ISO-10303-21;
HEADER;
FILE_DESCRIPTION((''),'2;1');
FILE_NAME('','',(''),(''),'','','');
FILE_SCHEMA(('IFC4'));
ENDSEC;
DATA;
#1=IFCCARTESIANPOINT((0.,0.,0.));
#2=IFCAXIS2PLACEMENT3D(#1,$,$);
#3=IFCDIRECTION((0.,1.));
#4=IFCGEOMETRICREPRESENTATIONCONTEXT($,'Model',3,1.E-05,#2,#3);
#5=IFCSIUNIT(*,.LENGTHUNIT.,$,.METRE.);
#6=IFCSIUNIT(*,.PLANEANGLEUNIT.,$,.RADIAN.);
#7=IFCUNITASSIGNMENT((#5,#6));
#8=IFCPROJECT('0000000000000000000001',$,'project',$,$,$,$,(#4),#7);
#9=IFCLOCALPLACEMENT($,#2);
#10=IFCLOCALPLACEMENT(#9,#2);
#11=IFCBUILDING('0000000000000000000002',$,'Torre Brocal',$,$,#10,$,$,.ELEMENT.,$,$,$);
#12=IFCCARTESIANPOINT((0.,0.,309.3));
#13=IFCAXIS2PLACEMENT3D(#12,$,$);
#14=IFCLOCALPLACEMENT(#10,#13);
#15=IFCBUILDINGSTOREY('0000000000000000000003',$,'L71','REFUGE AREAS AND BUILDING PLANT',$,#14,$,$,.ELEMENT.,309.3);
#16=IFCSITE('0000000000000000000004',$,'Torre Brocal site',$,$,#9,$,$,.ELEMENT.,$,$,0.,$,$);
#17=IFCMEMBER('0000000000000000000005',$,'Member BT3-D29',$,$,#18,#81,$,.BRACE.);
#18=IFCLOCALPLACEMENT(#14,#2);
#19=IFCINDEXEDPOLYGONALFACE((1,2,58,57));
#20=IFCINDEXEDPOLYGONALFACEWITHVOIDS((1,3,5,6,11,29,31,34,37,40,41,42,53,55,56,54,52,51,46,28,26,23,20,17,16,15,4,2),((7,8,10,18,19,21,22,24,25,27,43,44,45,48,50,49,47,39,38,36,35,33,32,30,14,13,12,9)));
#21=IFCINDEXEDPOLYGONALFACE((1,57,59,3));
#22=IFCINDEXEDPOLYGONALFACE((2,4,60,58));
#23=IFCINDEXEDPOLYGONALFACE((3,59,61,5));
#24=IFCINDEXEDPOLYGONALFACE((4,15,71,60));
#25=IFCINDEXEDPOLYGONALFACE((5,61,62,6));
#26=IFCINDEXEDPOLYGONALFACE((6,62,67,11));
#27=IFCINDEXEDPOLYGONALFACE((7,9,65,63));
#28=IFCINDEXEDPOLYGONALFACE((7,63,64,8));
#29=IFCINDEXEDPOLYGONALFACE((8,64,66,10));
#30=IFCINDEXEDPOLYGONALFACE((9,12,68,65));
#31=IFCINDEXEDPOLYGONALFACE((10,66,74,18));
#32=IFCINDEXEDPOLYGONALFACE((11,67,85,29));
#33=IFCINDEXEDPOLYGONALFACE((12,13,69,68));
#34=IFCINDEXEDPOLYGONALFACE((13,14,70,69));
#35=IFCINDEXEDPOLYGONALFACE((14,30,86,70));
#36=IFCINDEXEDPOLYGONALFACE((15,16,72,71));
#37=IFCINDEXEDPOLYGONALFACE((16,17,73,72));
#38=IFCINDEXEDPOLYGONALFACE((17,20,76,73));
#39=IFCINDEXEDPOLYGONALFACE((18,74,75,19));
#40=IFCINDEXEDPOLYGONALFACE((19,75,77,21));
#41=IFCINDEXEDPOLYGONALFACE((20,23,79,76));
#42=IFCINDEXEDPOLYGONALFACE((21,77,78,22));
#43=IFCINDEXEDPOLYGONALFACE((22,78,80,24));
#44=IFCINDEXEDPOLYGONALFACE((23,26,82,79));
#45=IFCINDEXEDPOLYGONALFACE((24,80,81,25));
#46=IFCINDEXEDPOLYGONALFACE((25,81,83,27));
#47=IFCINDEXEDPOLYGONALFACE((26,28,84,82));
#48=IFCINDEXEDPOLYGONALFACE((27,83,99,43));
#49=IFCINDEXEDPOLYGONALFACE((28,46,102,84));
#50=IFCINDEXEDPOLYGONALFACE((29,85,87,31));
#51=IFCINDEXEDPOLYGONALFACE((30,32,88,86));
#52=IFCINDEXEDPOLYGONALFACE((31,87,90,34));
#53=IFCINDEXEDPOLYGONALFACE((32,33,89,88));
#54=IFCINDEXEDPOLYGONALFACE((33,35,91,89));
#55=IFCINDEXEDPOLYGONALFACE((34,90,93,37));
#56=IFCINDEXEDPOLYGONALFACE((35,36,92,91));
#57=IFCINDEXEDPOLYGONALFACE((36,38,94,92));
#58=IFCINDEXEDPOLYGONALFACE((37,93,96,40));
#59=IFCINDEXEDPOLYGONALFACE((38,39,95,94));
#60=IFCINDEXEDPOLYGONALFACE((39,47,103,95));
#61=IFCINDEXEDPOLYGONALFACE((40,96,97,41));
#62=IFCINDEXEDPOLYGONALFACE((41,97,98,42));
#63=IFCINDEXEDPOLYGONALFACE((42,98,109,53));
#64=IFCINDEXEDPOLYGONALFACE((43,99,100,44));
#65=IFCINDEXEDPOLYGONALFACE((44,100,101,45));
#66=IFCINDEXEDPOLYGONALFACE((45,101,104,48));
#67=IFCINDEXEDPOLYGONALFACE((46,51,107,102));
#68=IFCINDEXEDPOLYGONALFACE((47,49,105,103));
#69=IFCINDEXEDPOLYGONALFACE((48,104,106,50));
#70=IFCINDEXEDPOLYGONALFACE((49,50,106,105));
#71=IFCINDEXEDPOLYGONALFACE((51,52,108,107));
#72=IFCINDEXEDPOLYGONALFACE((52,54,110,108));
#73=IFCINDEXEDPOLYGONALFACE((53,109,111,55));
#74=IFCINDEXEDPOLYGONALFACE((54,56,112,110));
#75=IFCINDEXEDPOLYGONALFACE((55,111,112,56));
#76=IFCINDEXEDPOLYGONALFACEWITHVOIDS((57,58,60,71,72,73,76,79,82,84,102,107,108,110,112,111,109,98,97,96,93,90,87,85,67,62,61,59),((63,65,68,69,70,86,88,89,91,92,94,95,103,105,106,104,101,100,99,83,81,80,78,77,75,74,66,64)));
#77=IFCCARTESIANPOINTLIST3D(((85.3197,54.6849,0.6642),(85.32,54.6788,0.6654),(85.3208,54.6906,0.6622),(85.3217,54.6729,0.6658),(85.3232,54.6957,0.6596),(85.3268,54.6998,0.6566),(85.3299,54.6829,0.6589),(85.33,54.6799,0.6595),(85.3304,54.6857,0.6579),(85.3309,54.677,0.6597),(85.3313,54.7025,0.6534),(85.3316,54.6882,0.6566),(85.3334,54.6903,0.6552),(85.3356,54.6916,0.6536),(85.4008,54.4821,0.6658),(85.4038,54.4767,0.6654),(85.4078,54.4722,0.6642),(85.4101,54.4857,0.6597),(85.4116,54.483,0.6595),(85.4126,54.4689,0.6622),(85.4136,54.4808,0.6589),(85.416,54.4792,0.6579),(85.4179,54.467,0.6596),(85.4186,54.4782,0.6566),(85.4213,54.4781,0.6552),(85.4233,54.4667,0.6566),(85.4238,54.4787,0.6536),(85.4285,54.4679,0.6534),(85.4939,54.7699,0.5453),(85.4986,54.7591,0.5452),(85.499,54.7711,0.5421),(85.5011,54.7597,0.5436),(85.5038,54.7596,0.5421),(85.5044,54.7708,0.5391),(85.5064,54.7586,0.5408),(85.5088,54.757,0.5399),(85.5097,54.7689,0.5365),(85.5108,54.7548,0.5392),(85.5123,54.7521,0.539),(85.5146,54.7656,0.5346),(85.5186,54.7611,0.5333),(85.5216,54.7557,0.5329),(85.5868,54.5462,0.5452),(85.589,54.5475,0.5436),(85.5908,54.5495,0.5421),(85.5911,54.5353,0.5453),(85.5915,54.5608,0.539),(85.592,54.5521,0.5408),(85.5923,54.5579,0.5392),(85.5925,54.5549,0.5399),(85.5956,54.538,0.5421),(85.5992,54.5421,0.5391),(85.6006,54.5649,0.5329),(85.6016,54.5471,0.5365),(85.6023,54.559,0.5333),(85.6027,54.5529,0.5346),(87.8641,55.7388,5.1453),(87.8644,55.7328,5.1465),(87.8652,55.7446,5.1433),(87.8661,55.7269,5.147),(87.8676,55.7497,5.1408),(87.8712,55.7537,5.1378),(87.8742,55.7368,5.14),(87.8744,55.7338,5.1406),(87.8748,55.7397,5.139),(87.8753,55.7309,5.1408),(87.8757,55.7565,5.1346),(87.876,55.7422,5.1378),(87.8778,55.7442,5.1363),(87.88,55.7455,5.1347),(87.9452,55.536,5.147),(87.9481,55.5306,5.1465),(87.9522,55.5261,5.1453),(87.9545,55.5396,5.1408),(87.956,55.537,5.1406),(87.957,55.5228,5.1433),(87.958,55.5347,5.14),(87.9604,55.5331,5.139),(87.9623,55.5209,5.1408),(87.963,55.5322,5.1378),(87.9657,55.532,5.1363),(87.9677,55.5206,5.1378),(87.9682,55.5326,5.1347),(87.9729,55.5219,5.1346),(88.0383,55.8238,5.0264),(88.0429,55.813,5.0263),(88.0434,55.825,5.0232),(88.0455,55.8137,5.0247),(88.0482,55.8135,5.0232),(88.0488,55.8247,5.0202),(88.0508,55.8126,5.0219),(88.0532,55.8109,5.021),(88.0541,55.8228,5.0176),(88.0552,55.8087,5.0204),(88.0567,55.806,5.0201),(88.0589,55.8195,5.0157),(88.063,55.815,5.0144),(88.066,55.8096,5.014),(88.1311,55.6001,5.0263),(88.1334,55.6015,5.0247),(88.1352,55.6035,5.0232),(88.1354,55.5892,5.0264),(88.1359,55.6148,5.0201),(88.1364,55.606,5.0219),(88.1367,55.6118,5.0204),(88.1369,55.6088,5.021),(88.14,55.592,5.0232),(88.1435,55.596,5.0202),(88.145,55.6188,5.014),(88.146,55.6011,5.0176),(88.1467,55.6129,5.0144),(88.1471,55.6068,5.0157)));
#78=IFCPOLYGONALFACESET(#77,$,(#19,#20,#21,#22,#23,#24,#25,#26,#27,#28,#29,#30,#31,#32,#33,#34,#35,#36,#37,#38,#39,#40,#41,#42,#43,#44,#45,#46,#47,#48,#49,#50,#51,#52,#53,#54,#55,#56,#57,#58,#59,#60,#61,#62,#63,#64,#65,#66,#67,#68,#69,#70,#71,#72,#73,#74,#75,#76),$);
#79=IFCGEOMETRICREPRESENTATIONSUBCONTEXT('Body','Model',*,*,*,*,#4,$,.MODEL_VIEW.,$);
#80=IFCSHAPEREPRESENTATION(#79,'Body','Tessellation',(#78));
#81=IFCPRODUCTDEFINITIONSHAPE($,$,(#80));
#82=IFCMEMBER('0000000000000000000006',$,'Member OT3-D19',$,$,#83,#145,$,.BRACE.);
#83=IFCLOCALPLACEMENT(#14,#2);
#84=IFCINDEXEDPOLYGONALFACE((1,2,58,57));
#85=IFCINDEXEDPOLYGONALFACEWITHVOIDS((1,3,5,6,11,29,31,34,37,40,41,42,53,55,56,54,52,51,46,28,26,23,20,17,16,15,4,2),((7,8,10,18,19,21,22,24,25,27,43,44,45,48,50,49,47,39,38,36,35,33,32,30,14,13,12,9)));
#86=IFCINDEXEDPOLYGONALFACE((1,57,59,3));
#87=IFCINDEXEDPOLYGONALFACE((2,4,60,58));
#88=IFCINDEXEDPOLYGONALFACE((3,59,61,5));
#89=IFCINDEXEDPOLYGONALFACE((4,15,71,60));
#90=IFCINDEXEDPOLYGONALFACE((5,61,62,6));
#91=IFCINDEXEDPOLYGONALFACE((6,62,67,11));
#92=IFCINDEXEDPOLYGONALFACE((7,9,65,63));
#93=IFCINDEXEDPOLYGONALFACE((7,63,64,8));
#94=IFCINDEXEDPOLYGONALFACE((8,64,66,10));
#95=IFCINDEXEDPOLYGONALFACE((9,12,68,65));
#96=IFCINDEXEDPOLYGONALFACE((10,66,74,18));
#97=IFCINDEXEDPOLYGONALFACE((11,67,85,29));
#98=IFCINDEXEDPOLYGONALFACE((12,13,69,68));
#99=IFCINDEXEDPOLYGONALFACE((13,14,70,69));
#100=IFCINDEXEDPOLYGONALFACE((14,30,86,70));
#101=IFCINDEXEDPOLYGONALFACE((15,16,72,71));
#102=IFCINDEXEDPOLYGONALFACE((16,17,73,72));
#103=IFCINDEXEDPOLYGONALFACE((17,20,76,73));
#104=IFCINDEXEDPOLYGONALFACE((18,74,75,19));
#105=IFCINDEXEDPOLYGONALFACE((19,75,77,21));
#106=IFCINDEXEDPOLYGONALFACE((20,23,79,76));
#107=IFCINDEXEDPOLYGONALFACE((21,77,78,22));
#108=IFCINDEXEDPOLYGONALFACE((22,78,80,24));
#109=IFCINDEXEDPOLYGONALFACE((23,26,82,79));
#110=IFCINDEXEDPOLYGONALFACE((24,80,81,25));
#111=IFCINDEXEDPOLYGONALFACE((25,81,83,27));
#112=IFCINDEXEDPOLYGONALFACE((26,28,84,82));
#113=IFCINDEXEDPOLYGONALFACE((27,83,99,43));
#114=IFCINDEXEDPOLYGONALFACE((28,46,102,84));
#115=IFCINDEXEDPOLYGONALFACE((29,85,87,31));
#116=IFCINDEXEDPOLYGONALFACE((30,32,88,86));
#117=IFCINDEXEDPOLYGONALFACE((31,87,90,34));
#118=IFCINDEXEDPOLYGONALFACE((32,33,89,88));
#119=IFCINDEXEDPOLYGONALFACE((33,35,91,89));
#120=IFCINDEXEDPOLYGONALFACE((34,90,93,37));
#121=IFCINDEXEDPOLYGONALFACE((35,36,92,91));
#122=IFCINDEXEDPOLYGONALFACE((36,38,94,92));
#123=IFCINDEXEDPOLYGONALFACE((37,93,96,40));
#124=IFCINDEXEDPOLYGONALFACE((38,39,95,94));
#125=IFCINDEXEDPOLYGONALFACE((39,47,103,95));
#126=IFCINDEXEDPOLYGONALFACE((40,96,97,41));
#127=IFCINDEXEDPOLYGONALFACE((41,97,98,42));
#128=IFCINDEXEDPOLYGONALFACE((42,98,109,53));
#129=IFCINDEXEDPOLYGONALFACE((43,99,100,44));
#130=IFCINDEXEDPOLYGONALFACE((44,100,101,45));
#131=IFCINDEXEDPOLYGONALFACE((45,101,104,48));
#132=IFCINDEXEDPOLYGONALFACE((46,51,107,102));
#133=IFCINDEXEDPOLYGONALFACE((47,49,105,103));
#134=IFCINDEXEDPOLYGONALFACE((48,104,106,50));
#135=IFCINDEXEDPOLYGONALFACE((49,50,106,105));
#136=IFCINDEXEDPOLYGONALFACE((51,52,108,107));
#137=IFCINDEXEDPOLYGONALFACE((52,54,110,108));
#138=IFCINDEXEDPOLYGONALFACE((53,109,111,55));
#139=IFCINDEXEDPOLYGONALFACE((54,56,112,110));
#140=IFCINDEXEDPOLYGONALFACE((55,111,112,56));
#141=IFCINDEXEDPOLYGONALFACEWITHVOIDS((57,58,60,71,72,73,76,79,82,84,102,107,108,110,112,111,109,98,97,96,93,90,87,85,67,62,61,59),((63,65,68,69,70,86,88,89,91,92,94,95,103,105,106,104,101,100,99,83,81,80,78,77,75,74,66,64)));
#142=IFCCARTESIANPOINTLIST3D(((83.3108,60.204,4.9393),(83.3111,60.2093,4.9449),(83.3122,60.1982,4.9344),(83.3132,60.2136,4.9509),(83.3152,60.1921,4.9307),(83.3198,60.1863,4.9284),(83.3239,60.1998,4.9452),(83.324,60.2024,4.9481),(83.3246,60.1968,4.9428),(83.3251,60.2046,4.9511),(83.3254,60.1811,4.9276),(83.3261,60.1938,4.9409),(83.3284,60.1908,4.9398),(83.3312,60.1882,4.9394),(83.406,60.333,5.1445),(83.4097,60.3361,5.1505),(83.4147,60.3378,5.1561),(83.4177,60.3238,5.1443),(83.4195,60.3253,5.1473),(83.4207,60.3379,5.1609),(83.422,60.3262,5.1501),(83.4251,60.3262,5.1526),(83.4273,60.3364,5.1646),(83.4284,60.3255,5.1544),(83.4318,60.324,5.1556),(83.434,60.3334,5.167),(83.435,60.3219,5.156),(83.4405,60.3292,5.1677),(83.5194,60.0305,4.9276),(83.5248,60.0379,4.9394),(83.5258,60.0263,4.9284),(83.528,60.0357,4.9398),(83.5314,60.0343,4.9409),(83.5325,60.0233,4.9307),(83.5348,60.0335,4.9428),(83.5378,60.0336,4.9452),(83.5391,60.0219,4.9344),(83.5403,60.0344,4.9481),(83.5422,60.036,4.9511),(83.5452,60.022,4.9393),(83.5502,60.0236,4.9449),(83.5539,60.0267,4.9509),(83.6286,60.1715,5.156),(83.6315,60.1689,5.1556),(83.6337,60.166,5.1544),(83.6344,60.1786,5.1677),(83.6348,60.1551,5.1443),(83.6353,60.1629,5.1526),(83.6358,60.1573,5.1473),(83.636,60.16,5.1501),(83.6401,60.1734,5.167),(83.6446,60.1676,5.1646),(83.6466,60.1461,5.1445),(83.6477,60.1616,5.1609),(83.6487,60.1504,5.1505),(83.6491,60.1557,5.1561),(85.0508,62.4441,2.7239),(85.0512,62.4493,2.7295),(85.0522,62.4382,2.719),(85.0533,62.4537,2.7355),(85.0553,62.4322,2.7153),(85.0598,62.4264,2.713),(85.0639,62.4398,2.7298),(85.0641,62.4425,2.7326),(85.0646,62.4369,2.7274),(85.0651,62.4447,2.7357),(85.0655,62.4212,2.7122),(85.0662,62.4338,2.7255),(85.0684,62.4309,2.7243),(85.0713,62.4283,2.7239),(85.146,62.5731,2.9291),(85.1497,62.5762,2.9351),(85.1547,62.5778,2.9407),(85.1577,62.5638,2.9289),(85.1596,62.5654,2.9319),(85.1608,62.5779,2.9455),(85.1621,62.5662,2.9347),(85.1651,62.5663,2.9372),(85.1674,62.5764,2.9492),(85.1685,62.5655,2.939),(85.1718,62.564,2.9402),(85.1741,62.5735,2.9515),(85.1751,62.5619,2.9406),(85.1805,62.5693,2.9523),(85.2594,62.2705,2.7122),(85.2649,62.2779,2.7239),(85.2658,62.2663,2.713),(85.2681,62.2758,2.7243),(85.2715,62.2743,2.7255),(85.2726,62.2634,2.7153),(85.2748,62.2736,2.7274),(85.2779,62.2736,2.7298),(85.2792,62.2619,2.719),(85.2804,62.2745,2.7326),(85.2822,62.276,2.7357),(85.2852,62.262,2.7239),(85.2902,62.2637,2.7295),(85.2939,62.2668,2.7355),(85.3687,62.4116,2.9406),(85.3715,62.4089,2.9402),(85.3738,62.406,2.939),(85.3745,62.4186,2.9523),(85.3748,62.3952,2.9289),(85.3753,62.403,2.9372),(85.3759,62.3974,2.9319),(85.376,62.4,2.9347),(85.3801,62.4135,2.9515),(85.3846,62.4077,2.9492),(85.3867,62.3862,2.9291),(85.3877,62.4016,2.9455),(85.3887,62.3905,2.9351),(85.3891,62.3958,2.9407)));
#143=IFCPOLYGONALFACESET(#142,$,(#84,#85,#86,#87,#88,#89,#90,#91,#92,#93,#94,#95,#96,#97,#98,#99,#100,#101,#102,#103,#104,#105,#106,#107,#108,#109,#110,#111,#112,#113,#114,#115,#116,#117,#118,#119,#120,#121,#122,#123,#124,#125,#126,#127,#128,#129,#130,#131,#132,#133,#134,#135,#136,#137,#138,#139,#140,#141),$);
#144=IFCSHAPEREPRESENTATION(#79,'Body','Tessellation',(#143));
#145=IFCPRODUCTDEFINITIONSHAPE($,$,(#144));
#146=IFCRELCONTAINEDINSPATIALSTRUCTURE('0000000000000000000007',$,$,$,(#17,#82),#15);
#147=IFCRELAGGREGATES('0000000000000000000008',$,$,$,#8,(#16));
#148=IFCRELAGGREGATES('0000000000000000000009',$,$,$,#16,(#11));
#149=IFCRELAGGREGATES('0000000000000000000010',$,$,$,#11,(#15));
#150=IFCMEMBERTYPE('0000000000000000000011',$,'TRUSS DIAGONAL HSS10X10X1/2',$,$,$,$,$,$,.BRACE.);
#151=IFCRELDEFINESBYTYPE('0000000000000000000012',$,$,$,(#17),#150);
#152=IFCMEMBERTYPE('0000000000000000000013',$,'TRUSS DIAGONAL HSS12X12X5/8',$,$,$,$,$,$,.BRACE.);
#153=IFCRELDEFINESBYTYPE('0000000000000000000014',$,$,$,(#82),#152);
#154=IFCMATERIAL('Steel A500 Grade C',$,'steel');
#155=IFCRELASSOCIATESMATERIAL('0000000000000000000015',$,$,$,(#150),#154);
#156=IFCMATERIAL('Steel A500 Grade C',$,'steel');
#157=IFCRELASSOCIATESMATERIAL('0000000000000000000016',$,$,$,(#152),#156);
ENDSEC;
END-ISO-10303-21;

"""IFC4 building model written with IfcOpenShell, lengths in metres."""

from ifc_helpers import new_model, si_unit, direction, frame, origin, origin_2d, place, context, subcontext, project, spatial, hollow_rectangle, extrude, material, material_profile, profile_set, type_object, element, save


model = new_model("IFC4")

# Units and contexts
model_context = context("Model", 3, precision=1e-05, world=origin(), true_north=direction((0.0, 1.0)))
body_context = subcontext(model_context, "Body", "Model", "MODEL_VIEW")
ifc_project = project(units=[si_unit("LENGTHUNIT", "METRE"), si_unit("PLANEANGLEUNIT", "RADIAN")], contexts=[model_context])

# Site, building, storey
site_placement = place(None, origin())
site = spatial("IfcSite", under=ifc_project, at=site_placement, Name="Torre Brocal site", CompositionType="ELEMENT", RefElevation=0.0)
building_placement = place(site_placement, origin())
building = spatial("IfcBuilding", under=site, at=building_placement, Name="Torre Brocal", CompositionType="ELEMENT")
storey_placement = place(building_placement, frame((0.0, 0.0, 309.3)))
storey = spatial("IfcBuildingStorey", under=building, at=storey_placement, Name="L71", Description="REFUGE AREAS AND BUILDING PLANT", CompositionType="ELEMENT", Elevation=309.3)

# Members
ifc_material_1 = material(Name="Steel A500 Grade C", Category="steel")
ifc_material_profile_1 = material_profile(ifc_material_1, hollow_rectangle(XDim=0.2539, YDim=0.2539, WallThickness=0.0117, InnerFilletRadius=0.0117, OuterFilletRadius=0.0237, at=origin_2d()), Name="HSS10X10X1/2")
ifc_profile_set_1 = profile_set([ifc_material_profile_1], Name="Steel A500 Grade C")
member_type_1 = type_object("IfcMemberType", Name="TRUSS DIAGONAL HSS10X10X1/2", PredefinedType="BRACE", material=ifc_profile_set_1)
member_1_placement = place(storey_placement, frame((85.4612, 54.6189, 0.5994), z_axis=(0.483745, 0.200377, 0.851962), x_axis=(-0.382688, 0.923877, 0.0)))
element("IfcMember", 1, at=member_1_placement, inside=storey, type_object=member_type_1, Name="Member BT3-D29", PredefinedType="BRACE", context=body_context, shape_type="SweptSolid", body=[
    extrude(hollow_rectangle(XDim=0.2539, YDim=0.2539, WallThickness=0.0117, InnerFilletRadius=0.0117, OuterFilletRadius=0.0237, at=origin_2d()), origin(), (0.0, 0.0, 1.0), 5.2598),
])
ifc_material_2 = material(Name="Steel A500 Grade C", Category="steel")
ifc_material_profile_2 = material_profile(ifc_material_2, hollow_rectangle(XDim=0.3047, YDim=0.3047, WallThickness=0.0149, InnerFilletRadius=0.0149, OuterFilletRadius=0.0295, at=origin_2d()), Name="HSS12X12X5/8")
ifc_profile_set_2 = profile_set([ifc_material_profile_2], Name="Steel A500 Grade C")
member_type_2 = type_object("IfcMemberType", Name="TRUSS DIAGONAL HSS12X12X5/8", PredefinedType="BRACE", material=ifc_profile_set_2)
for number, where, z_axis, x_axis, name in (
    (2, (85.22, 62.4199, 2.8323), (-0.483465, -0.622392, 0.615541), (0.789732, -0.613452, 0.0), "Member OT3-D19"),
):
    element("IfcMember", number, at=place(storey_placement, frame(where, z_axis=z_axis, x_axis=x_axis)), inside=storey, type_object=member_type_2, Name=name, PredefinedType="BRACE", context=body_context, shape_type="SweptSolid", body=[
        extrude(hollow_rectangle(XDim=0.3047, YDim=0.3047, WallThickness=0.0149, InnerFilletRadius=0.0149, OuterFilletRadius=0.0295, at=origin_2d()), origin(), (0.0, 0.0, 1.0), 3.5991),
    ])

save(model, "model.ifc")
